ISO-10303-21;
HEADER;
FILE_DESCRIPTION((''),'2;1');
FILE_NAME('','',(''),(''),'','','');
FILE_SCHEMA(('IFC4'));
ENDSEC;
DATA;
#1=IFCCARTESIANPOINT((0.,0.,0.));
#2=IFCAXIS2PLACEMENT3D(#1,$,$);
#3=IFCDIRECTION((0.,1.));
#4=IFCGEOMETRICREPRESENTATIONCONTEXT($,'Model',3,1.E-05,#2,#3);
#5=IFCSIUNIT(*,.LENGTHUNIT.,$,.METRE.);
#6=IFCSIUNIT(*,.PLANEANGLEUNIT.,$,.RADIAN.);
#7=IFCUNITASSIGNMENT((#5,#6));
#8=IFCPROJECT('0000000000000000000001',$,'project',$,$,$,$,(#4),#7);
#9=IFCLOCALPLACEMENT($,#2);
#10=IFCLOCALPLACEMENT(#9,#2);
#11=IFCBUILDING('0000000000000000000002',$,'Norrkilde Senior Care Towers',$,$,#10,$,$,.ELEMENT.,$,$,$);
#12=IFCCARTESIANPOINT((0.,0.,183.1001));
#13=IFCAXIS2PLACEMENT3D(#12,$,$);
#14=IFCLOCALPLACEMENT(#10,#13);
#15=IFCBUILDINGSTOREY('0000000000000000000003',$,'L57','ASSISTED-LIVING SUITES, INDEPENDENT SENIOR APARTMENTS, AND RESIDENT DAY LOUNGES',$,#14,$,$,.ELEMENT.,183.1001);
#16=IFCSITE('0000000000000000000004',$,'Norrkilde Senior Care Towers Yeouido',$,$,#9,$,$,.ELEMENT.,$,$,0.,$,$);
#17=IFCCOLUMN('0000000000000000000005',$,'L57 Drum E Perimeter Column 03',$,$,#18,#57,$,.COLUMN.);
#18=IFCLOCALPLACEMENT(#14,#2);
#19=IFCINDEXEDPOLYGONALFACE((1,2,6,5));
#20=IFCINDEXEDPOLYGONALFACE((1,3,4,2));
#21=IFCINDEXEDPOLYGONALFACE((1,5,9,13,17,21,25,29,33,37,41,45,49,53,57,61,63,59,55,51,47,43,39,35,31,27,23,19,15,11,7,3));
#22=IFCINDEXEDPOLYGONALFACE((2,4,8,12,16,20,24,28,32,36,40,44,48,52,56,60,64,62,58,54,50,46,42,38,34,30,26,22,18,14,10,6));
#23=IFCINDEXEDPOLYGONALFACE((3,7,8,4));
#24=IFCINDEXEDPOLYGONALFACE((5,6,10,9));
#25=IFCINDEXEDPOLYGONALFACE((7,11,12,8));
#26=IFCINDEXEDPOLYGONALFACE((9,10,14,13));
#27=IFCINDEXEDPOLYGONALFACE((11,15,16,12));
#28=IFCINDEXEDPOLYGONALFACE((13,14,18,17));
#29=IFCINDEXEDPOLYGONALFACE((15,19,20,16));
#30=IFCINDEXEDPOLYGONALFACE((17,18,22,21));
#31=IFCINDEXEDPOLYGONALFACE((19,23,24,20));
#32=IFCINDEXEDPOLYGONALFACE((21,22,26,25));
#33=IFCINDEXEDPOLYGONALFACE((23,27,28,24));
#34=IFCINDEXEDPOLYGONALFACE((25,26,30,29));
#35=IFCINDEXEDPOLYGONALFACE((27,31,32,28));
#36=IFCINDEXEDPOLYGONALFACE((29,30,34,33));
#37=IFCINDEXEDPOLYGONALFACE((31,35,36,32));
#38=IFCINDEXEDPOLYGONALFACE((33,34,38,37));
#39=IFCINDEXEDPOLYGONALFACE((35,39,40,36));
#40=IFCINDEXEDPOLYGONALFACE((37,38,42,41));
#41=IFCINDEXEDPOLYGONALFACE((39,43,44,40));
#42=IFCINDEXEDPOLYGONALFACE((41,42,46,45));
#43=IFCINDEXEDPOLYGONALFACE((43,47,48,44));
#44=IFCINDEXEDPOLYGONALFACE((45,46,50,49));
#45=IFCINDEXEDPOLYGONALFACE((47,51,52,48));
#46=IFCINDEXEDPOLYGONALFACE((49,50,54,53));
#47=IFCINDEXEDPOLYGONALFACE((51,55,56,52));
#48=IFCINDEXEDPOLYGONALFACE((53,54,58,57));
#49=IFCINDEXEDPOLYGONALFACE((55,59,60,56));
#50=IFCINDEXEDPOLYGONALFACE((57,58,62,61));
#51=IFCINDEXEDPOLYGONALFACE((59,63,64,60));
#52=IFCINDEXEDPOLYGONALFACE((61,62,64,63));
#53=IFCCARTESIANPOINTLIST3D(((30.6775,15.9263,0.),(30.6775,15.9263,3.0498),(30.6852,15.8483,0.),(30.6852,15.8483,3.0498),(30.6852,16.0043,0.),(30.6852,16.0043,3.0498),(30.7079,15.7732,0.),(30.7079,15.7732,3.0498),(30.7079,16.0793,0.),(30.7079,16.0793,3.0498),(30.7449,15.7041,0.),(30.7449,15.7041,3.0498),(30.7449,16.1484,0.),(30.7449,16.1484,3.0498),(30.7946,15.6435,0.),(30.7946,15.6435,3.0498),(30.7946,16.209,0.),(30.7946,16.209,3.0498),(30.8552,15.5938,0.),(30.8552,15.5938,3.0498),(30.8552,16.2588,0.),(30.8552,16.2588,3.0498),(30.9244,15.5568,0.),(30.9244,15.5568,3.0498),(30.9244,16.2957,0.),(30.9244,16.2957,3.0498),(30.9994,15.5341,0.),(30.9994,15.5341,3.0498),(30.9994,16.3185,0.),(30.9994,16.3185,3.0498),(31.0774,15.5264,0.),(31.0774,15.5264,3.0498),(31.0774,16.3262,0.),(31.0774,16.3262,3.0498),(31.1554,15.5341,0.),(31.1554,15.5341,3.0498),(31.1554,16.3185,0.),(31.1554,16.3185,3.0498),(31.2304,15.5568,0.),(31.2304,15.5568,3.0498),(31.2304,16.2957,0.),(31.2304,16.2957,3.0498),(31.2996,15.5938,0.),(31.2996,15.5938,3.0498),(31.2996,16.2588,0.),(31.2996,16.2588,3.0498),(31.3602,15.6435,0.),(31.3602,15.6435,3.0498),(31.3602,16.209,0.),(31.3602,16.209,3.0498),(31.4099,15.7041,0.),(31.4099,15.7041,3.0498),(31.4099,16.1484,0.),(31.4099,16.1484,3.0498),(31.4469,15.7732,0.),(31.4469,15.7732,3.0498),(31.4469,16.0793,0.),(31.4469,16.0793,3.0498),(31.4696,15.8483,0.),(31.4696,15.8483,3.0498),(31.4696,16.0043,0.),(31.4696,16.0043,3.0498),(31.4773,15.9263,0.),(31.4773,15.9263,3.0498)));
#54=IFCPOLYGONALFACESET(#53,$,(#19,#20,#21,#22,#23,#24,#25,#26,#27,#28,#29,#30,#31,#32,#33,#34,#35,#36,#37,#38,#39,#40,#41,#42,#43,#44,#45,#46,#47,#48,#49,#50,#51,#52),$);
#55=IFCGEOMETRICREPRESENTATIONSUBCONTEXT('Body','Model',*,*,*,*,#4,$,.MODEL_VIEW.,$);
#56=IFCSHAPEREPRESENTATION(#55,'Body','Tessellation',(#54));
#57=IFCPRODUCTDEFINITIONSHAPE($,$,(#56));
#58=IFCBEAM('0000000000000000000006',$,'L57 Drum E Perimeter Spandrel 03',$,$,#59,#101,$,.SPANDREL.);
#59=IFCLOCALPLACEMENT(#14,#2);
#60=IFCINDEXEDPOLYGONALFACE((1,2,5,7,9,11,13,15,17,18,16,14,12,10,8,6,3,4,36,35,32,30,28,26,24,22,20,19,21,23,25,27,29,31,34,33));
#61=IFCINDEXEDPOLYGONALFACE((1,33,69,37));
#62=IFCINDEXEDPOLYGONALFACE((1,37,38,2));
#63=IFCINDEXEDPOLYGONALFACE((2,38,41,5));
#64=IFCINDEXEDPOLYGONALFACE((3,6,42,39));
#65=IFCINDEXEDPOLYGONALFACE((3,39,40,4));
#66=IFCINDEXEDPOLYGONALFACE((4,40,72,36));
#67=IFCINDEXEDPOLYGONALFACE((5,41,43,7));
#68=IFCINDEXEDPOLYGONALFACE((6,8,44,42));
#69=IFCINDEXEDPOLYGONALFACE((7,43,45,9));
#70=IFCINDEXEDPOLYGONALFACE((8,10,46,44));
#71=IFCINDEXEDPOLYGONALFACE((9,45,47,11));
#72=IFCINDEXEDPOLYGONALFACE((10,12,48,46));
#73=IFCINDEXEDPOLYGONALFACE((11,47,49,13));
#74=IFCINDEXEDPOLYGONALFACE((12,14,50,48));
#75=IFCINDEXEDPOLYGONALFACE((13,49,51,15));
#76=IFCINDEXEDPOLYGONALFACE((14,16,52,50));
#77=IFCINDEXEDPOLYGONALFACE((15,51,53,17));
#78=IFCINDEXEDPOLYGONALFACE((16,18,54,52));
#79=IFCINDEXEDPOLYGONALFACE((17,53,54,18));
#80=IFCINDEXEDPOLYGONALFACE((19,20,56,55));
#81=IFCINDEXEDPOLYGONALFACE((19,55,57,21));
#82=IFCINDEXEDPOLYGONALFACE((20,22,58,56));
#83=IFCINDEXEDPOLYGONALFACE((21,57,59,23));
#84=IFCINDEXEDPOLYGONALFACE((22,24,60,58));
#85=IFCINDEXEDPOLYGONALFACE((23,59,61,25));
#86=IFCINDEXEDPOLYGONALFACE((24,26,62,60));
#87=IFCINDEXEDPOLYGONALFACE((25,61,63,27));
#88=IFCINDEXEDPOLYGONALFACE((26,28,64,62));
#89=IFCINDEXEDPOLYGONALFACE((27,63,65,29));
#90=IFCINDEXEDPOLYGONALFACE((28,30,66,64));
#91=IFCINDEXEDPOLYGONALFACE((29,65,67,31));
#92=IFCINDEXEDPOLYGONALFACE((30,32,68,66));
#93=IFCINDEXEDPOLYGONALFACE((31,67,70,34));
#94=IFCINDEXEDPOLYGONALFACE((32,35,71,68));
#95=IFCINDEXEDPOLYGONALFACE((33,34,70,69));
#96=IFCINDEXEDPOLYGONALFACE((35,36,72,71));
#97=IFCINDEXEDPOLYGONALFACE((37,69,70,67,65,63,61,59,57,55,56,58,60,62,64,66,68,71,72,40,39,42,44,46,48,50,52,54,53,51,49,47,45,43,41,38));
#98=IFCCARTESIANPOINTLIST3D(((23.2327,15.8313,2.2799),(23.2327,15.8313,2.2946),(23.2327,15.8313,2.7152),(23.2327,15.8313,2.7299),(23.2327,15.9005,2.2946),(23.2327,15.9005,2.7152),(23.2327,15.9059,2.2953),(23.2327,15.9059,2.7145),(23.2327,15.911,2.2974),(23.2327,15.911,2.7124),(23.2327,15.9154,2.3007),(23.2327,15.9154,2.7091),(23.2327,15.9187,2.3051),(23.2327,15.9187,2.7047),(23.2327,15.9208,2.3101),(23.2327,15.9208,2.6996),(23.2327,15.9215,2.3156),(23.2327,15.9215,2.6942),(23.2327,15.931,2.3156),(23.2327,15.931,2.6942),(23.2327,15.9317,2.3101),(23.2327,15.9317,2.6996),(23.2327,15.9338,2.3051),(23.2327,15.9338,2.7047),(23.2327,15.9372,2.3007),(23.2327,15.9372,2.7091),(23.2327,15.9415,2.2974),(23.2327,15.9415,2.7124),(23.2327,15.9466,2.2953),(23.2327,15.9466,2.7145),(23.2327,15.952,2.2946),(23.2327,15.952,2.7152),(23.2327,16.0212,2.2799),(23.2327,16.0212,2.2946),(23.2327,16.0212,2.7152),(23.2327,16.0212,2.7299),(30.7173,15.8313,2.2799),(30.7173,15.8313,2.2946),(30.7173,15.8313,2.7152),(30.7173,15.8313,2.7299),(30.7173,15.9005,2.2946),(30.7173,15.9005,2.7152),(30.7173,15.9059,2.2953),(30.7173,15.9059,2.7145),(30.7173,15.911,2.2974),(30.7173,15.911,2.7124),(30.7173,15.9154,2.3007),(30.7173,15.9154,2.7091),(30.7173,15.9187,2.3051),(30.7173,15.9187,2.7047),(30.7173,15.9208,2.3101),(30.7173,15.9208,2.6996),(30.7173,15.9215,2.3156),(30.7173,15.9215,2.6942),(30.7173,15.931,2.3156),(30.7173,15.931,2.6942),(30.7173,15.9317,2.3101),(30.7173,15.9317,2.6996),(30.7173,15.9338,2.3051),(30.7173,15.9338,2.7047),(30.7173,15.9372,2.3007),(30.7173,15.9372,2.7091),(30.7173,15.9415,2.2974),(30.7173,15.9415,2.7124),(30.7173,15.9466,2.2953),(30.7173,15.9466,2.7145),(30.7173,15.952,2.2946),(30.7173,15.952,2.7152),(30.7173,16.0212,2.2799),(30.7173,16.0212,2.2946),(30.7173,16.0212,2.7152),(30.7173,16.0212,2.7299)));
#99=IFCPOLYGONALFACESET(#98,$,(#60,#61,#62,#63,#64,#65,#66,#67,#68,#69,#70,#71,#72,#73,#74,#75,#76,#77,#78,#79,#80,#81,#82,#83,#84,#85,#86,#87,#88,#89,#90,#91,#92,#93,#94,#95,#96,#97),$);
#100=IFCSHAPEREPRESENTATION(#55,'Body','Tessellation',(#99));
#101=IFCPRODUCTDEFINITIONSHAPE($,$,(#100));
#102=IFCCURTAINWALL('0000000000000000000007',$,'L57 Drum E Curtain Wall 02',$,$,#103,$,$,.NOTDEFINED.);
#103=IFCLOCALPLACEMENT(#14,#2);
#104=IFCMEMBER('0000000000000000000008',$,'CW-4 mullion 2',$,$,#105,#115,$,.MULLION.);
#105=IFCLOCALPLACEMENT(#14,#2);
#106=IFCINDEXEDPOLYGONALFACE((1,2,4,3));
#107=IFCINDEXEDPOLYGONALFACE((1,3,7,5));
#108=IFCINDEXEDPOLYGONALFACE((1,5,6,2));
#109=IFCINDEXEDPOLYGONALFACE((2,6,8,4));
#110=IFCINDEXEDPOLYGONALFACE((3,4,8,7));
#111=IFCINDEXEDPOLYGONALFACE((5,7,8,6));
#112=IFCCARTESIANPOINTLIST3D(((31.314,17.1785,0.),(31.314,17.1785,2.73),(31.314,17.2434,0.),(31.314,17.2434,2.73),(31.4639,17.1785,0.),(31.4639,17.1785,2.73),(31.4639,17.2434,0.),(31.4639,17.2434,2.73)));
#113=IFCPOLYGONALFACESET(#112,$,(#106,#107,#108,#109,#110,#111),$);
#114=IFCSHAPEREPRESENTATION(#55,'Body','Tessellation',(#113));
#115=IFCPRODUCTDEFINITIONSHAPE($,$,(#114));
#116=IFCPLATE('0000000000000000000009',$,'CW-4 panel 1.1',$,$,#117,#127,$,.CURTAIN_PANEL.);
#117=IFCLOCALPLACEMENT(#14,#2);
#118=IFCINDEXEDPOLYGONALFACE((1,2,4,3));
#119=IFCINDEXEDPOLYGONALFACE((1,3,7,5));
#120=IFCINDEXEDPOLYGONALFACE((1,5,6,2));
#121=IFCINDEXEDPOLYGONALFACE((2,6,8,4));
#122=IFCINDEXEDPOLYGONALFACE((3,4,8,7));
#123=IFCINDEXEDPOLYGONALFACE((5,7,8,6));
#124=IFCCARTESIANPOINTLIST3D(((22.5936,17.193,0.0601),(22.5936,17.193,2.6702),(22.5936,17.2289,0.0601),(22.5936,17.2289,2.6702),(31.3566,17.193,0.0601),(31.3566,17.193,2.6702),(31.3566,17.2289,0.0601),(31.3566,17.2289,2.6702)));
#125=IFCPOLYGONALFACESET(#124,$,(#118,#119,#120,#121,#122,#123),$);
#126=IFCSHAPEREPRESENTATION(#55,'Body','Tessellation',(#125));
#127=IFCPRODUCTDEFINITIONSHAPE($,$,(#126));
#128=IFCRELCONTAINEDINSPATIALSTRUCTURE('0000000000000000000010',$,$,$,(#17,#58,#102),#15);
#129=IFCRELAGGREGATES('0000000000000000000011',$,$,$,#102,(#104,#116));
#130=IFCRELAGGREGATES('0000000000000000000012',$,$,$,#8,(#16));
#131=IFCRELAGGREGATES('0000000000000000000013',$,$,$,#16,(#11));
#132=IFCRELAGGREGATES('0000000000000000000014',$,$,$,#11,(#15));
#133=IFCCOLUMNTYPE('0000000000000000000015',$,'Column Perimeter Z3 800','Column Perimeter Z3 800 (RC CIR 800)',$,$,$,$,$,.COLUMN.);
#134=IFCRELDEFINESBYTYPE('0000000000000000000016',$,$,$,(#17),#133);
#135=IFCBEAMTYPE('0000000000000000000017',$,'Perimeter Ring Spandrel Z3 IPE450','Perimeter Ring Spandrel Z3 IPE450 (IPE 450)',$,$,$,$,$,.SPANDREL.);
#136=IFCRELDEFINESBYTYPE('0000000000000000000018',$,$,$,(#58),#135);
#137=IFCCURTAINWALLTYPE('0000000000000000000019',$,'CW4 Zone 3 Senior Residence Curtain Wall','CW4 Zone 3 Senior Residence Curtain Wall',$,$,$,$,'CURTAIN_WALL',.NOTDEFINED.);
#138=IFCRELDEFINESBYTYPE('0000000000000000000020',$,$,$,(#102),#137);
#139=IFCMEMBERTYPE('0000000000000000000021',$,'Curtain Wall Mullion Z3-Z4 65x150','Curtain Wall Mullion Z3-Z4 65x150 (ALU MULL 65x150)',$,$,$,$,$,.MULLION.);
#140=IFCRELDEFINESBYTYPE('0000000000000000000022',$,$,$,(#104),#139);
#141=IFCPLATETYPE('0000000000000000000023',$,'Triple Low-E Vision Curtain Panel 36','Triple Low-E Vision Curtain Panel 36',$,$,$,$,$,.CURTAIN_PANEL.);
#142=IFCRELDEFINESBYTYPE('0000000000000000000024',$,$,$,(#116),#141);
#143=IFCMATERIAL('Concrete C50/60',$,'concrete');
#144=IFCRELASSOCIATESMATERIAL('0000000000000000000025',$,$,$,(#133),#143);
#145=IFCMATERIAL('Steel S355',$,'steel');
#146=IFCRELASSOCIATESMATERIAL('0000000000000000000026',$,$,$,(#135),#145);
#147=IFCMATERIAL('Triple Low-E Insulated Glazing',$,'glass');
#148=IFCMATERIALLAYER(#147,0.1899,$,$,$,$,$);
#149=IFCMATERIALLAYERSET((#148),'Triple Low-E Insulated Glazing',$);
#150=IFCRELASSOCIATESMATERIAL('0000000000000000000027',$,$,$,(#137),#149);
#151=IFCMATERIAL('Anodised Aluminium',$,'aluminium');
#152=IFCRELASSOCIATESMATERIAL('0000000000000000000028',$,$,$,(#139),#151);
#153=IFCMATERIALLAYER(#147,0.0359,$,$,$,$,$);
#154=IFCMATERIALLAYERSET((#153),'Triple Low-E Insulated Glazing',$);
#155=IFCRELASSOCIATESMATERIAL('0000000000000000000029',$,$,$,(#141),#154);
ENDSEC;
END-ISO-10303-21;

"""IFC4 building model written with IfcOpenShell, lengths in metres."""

from ifc_helpers import new_model, si_unit, direction, frame, origin, origin_2d, place, context, subcontext, project, spatial, rectangle, circle, i_section, extrude, source, transform, mapped, material, layer, layer_set, material_profile, profile_set, type_object, type_shapes, element, aggregate, save


model = new_model("IFC4")

# Units and contexts
model_context = context("Model", 3, precision=1e-05, world=origin(), true_north=direction((0.0, 1.0)))
body_context = subcontext(model_context, "Body", "Model", "MODEL_VIEW")
ifc_project = project(units=[si_unit("LENGTHUNIT", "METRE"), si_unit("PLANEANGLEUNIT", "RADIAN")], contexts=[model_context])

# Site, building, storey
site_placement = place(None, origin())
site = spatial("IfcSite", under=ifc_project, at=site_placement, Name="Norrkilde Senior Care Towers Yeouido", CompositionType="ELEMENT", RefElevation=0.0)
building_placement = place(site_placement, origin())
building = spatial("IfcBuilding", under=site, at=building_placement, Name="Norrkilde Senior Care Towers", CompositionType="ELEMENT")
storey_placement = place(building_placement, frame((0.0, 0.0, 183.1001)))
storey = spatial("IfcBuildingStorey", under=building, at=storey_placement, Name="L57", Description="ASSISTED-LIVING SUITES, INDEPENDENT SENIOR APARTMENTS, AND RESIDENT DAY LOUNGES", CompositionType="ELEMENT", Elevation=183.1001)

# Column
ifc_material_1 = material(Name="Concrete C50/60", Category="concrete")
ifc_material_profile_1 = material_profile(ifc_material_1, circle(Radius=0.3999, at=origin_2d()), Name="RC CIR 800")
ifc_profile_set_1 = profile_set([ifc_material_profile_1], Name="Concrete C50/60")
column_type = type_object("IfcColumnType", Name="Column Perimeter Z3 800", Description="Column Perimeter Z3 800 (RC CIR 800)", PredefinedType="COLUMN", material=ifc_profile_set_1)
shared_shape_1 = source(origin(), body_context, "Body", "SweptSolid", [
    extrude(circle(Radius=0.3999, at=origin_2d()), origin(), (0.0, 0.0, 1.0), 3.0498),
])
type_shapes(column_type, [shared_shape_1])
column_placement = place(storey_placement, frame((31.0774, 15.9263, 0.0), z_axis=(0.0, 0.0, 1.0), x_axis=(1.0, 0.0, 0.0)))
element("IfcColumn", 1, at=column_placement, inside=storey, type_object=column_type, Name="L57 Drum E Perimeter Column 03", PredefinedType="COLUMN", context=body_context, shape_type="MappedRepresentation", body=[
    mapped(shared_shape_1, transform((0.0, 0.0, 0.0), x_axis=(1.0, 0.0, 0.0), y_axis=(0.0, 1.0, 0.0), z_axis=(0.0, 0.0, 1.0), scale=1.0)),
])

# Beam
ifc_material_2 = material(Name="Steel S355", Category="steel")
ifc_material_profile_2 = material_profile(ifc_material_2, i_section(OverallWidth=0.1899, OverallDepth=0.45, WebThickness=0.0095, FlangeThickness=0.0146, FilletRadius=0.021, at=origin_2d()), Name="IPE 450")
ifc_profile_set_2 = profile_set([ifc_material_profile_2], Name="Steel S355")
beam_type = type_object("IfcBeamType", Name="Perimeter Ring Spandrel Z3 IPE450", Description="Perimeter Ring Spandrel Z3 IPE450 (IPE 450)", PredefinedType="SPANDREL", material=ifc_profile_set_2)
shared_shape_2 = source(origin(), body_context, "Body", "SweptSolid", [
    extrude(i_section(OverallWidth=0.1899, OverallDepth=0.45, WebThickness=0.0095, FlangeThickness=0.0146, FilletRadius=0.021, at=origin_2d()), origin(), (0.0, 0.0, 1.0), 7.4846),
])
type_shapes(beam_type, [shared_shape_2])
beam_placement = place(storey_placement, frame((30.7173, 15.9263, 2.5049), z_axis=(-1.0, 0.0, 0.0), x_axis=(0.0, -1.0, 0.0)))
element("IfcBeam", 2, at=beam_placement, inside=storey, type_object=beam_type, Name="L57 Drum E Perimeter Spandrel 03", PredefinedType="SPANDREL", context=body_context, shape_type="MappedRepresentation", body=[
    mapped(shared_shape_2, transform((0.0, 0.0, 0.0), x_axis=(1.0, 0.0, 0.0), y_axis=(0.0, 1.0, 0.0), z_axis=(0.0, 0.0, 1.0), scale=1.0)),
])

# Curtain wall, member, plate
ifc_material_3 = material(Name="Triple Low-E Insulated Glazing", Category="glass")
ifc_layer_1 = layer(ifc_material_3, 0.1899)
ifc_layer_set_1 = layer_set([ifc_layer_1], Name="Triple Low-E Insulated Glazing")
curtain_wall_type = type_object("IfcCurtainWallType", Name="CW4 Zone 3 Senior Residence Curtain Wall", Description="CW4 Zone 3 Senior Residence Curtain Wall", ElementType="CURTAIN_WALL", PredefinedType="NOTDEFINED", material=ifc_layer_set_1)
curtain_wall_placement = place(storey_placement, origin())
curtain_wall = element("IfcCurtainWall", 3, at=curtain_wall_placement, inside=storey, type_object=curtain_wall_type, Name="L57 Drum E Curtain Wall 02", PredefinedType="NOTDEFINED")
ifc_material_4 = material(Name="Anodised Aluminium", Category="aluminium")
ifc_material_profile_3 = material_profile(ifc_material_4, rectangle(XDim=0.0649, YDim=0.1499, at=origin_2d()), Name="ALU MULL 65x150")
ifc_profile_set_3 = profile_set([ifc_material_profile_3], Name="Anodised Aluminium")
member_type = type_object("IfcMemberType", Name="Curtain Wall Mullion Z3-Z4 65x150", Description="Curtain Wall Mullion Z3-Z4 65x150 (ALU MULL 65x150)", PredefinedType="MULLION", material=ifc_profile_set_3)
shared_shape_3 = source(origin(), body_context, "Body", "SweptSolid", [
    extrude(rectangle(XDim=0.0649, YDim=0.1499, at=origin_2d()), origin(), (0.0, 0.0, 1.0), 2.73),
])
type_shapes(member_type, [shared_shape_3])
member_placement = place(storey_placement, frame((31.3889, 17.2109, 0.0), z_axis=(0.0, 0.0, 1.0), x_axis=(0.0, 1.0, 0.0)))
member = element("IfcMember", 4, at=member_placement, type_object=member_type, Name="CW-4 mullion 2", PredefinedType="MULLION", context=body_context, shape_type="MappedRepresentation", body=[
    mapped(shared_shape_3, transform((0.0, 0.0, 0.0), x_axis=(1.0, 0.0, 0.0), y_axis=(0.0, 1.0, 0.0), z_axis=(0.0, 0.0, 1.0), scale=1.0)),
])
ifc_layer_2 = layer(ifc_material_3, 0.0359)
ifc_layer_set_2 = layer_set([ifc_layer_2], Name="Triple Low-E Insulated Glazing")
plate_type = type_object("IfcPlateType", Name="Triple Low-E Vision Curtain Panel 36", Description="Triple Low-E Vision Curtain Panel 36", PredefinedType="CURTAIN_PANEL", material=ifc_layer_set_2)
shared_shape_4 = source(origin(), body_context, "Body", "SweptSolid", [
    extrude(rectangle(XDim=8.7629, YDim=0.0359, at=origin_2d()), origin(), (0.0, 0.0, 1.0), 2.6101),
])
type_shapes(plate_type, [shared_shape_4])
plate_placement = place(storey_placement, frame((26.9751, 17.2109, 0.0601), z_axis=(0.0, 0.0, 1.0), x_axis=(1.0, 0.0, 0.0)))
plate = element("IfcPlate", 5, at=plate_placement, type_object=plate_type, Name="CW-4 panel 1.1", PredefinedType="CURTAIN_PANEL", context=body_context, shape_type="MappedRepresentation", body=[
    mapped(shared_shape_4, transform((0.0, 0.0, 0.0), x_axis=(1.0, 0.0, 0.0), y_axis=(0.0, 1.0, 0.0), z_axis=(0.0, 0.0, 1.0), scale=1.0)),
])
aggregate(curtain_wall, [member, plate])

save(model, "model.ifc")
